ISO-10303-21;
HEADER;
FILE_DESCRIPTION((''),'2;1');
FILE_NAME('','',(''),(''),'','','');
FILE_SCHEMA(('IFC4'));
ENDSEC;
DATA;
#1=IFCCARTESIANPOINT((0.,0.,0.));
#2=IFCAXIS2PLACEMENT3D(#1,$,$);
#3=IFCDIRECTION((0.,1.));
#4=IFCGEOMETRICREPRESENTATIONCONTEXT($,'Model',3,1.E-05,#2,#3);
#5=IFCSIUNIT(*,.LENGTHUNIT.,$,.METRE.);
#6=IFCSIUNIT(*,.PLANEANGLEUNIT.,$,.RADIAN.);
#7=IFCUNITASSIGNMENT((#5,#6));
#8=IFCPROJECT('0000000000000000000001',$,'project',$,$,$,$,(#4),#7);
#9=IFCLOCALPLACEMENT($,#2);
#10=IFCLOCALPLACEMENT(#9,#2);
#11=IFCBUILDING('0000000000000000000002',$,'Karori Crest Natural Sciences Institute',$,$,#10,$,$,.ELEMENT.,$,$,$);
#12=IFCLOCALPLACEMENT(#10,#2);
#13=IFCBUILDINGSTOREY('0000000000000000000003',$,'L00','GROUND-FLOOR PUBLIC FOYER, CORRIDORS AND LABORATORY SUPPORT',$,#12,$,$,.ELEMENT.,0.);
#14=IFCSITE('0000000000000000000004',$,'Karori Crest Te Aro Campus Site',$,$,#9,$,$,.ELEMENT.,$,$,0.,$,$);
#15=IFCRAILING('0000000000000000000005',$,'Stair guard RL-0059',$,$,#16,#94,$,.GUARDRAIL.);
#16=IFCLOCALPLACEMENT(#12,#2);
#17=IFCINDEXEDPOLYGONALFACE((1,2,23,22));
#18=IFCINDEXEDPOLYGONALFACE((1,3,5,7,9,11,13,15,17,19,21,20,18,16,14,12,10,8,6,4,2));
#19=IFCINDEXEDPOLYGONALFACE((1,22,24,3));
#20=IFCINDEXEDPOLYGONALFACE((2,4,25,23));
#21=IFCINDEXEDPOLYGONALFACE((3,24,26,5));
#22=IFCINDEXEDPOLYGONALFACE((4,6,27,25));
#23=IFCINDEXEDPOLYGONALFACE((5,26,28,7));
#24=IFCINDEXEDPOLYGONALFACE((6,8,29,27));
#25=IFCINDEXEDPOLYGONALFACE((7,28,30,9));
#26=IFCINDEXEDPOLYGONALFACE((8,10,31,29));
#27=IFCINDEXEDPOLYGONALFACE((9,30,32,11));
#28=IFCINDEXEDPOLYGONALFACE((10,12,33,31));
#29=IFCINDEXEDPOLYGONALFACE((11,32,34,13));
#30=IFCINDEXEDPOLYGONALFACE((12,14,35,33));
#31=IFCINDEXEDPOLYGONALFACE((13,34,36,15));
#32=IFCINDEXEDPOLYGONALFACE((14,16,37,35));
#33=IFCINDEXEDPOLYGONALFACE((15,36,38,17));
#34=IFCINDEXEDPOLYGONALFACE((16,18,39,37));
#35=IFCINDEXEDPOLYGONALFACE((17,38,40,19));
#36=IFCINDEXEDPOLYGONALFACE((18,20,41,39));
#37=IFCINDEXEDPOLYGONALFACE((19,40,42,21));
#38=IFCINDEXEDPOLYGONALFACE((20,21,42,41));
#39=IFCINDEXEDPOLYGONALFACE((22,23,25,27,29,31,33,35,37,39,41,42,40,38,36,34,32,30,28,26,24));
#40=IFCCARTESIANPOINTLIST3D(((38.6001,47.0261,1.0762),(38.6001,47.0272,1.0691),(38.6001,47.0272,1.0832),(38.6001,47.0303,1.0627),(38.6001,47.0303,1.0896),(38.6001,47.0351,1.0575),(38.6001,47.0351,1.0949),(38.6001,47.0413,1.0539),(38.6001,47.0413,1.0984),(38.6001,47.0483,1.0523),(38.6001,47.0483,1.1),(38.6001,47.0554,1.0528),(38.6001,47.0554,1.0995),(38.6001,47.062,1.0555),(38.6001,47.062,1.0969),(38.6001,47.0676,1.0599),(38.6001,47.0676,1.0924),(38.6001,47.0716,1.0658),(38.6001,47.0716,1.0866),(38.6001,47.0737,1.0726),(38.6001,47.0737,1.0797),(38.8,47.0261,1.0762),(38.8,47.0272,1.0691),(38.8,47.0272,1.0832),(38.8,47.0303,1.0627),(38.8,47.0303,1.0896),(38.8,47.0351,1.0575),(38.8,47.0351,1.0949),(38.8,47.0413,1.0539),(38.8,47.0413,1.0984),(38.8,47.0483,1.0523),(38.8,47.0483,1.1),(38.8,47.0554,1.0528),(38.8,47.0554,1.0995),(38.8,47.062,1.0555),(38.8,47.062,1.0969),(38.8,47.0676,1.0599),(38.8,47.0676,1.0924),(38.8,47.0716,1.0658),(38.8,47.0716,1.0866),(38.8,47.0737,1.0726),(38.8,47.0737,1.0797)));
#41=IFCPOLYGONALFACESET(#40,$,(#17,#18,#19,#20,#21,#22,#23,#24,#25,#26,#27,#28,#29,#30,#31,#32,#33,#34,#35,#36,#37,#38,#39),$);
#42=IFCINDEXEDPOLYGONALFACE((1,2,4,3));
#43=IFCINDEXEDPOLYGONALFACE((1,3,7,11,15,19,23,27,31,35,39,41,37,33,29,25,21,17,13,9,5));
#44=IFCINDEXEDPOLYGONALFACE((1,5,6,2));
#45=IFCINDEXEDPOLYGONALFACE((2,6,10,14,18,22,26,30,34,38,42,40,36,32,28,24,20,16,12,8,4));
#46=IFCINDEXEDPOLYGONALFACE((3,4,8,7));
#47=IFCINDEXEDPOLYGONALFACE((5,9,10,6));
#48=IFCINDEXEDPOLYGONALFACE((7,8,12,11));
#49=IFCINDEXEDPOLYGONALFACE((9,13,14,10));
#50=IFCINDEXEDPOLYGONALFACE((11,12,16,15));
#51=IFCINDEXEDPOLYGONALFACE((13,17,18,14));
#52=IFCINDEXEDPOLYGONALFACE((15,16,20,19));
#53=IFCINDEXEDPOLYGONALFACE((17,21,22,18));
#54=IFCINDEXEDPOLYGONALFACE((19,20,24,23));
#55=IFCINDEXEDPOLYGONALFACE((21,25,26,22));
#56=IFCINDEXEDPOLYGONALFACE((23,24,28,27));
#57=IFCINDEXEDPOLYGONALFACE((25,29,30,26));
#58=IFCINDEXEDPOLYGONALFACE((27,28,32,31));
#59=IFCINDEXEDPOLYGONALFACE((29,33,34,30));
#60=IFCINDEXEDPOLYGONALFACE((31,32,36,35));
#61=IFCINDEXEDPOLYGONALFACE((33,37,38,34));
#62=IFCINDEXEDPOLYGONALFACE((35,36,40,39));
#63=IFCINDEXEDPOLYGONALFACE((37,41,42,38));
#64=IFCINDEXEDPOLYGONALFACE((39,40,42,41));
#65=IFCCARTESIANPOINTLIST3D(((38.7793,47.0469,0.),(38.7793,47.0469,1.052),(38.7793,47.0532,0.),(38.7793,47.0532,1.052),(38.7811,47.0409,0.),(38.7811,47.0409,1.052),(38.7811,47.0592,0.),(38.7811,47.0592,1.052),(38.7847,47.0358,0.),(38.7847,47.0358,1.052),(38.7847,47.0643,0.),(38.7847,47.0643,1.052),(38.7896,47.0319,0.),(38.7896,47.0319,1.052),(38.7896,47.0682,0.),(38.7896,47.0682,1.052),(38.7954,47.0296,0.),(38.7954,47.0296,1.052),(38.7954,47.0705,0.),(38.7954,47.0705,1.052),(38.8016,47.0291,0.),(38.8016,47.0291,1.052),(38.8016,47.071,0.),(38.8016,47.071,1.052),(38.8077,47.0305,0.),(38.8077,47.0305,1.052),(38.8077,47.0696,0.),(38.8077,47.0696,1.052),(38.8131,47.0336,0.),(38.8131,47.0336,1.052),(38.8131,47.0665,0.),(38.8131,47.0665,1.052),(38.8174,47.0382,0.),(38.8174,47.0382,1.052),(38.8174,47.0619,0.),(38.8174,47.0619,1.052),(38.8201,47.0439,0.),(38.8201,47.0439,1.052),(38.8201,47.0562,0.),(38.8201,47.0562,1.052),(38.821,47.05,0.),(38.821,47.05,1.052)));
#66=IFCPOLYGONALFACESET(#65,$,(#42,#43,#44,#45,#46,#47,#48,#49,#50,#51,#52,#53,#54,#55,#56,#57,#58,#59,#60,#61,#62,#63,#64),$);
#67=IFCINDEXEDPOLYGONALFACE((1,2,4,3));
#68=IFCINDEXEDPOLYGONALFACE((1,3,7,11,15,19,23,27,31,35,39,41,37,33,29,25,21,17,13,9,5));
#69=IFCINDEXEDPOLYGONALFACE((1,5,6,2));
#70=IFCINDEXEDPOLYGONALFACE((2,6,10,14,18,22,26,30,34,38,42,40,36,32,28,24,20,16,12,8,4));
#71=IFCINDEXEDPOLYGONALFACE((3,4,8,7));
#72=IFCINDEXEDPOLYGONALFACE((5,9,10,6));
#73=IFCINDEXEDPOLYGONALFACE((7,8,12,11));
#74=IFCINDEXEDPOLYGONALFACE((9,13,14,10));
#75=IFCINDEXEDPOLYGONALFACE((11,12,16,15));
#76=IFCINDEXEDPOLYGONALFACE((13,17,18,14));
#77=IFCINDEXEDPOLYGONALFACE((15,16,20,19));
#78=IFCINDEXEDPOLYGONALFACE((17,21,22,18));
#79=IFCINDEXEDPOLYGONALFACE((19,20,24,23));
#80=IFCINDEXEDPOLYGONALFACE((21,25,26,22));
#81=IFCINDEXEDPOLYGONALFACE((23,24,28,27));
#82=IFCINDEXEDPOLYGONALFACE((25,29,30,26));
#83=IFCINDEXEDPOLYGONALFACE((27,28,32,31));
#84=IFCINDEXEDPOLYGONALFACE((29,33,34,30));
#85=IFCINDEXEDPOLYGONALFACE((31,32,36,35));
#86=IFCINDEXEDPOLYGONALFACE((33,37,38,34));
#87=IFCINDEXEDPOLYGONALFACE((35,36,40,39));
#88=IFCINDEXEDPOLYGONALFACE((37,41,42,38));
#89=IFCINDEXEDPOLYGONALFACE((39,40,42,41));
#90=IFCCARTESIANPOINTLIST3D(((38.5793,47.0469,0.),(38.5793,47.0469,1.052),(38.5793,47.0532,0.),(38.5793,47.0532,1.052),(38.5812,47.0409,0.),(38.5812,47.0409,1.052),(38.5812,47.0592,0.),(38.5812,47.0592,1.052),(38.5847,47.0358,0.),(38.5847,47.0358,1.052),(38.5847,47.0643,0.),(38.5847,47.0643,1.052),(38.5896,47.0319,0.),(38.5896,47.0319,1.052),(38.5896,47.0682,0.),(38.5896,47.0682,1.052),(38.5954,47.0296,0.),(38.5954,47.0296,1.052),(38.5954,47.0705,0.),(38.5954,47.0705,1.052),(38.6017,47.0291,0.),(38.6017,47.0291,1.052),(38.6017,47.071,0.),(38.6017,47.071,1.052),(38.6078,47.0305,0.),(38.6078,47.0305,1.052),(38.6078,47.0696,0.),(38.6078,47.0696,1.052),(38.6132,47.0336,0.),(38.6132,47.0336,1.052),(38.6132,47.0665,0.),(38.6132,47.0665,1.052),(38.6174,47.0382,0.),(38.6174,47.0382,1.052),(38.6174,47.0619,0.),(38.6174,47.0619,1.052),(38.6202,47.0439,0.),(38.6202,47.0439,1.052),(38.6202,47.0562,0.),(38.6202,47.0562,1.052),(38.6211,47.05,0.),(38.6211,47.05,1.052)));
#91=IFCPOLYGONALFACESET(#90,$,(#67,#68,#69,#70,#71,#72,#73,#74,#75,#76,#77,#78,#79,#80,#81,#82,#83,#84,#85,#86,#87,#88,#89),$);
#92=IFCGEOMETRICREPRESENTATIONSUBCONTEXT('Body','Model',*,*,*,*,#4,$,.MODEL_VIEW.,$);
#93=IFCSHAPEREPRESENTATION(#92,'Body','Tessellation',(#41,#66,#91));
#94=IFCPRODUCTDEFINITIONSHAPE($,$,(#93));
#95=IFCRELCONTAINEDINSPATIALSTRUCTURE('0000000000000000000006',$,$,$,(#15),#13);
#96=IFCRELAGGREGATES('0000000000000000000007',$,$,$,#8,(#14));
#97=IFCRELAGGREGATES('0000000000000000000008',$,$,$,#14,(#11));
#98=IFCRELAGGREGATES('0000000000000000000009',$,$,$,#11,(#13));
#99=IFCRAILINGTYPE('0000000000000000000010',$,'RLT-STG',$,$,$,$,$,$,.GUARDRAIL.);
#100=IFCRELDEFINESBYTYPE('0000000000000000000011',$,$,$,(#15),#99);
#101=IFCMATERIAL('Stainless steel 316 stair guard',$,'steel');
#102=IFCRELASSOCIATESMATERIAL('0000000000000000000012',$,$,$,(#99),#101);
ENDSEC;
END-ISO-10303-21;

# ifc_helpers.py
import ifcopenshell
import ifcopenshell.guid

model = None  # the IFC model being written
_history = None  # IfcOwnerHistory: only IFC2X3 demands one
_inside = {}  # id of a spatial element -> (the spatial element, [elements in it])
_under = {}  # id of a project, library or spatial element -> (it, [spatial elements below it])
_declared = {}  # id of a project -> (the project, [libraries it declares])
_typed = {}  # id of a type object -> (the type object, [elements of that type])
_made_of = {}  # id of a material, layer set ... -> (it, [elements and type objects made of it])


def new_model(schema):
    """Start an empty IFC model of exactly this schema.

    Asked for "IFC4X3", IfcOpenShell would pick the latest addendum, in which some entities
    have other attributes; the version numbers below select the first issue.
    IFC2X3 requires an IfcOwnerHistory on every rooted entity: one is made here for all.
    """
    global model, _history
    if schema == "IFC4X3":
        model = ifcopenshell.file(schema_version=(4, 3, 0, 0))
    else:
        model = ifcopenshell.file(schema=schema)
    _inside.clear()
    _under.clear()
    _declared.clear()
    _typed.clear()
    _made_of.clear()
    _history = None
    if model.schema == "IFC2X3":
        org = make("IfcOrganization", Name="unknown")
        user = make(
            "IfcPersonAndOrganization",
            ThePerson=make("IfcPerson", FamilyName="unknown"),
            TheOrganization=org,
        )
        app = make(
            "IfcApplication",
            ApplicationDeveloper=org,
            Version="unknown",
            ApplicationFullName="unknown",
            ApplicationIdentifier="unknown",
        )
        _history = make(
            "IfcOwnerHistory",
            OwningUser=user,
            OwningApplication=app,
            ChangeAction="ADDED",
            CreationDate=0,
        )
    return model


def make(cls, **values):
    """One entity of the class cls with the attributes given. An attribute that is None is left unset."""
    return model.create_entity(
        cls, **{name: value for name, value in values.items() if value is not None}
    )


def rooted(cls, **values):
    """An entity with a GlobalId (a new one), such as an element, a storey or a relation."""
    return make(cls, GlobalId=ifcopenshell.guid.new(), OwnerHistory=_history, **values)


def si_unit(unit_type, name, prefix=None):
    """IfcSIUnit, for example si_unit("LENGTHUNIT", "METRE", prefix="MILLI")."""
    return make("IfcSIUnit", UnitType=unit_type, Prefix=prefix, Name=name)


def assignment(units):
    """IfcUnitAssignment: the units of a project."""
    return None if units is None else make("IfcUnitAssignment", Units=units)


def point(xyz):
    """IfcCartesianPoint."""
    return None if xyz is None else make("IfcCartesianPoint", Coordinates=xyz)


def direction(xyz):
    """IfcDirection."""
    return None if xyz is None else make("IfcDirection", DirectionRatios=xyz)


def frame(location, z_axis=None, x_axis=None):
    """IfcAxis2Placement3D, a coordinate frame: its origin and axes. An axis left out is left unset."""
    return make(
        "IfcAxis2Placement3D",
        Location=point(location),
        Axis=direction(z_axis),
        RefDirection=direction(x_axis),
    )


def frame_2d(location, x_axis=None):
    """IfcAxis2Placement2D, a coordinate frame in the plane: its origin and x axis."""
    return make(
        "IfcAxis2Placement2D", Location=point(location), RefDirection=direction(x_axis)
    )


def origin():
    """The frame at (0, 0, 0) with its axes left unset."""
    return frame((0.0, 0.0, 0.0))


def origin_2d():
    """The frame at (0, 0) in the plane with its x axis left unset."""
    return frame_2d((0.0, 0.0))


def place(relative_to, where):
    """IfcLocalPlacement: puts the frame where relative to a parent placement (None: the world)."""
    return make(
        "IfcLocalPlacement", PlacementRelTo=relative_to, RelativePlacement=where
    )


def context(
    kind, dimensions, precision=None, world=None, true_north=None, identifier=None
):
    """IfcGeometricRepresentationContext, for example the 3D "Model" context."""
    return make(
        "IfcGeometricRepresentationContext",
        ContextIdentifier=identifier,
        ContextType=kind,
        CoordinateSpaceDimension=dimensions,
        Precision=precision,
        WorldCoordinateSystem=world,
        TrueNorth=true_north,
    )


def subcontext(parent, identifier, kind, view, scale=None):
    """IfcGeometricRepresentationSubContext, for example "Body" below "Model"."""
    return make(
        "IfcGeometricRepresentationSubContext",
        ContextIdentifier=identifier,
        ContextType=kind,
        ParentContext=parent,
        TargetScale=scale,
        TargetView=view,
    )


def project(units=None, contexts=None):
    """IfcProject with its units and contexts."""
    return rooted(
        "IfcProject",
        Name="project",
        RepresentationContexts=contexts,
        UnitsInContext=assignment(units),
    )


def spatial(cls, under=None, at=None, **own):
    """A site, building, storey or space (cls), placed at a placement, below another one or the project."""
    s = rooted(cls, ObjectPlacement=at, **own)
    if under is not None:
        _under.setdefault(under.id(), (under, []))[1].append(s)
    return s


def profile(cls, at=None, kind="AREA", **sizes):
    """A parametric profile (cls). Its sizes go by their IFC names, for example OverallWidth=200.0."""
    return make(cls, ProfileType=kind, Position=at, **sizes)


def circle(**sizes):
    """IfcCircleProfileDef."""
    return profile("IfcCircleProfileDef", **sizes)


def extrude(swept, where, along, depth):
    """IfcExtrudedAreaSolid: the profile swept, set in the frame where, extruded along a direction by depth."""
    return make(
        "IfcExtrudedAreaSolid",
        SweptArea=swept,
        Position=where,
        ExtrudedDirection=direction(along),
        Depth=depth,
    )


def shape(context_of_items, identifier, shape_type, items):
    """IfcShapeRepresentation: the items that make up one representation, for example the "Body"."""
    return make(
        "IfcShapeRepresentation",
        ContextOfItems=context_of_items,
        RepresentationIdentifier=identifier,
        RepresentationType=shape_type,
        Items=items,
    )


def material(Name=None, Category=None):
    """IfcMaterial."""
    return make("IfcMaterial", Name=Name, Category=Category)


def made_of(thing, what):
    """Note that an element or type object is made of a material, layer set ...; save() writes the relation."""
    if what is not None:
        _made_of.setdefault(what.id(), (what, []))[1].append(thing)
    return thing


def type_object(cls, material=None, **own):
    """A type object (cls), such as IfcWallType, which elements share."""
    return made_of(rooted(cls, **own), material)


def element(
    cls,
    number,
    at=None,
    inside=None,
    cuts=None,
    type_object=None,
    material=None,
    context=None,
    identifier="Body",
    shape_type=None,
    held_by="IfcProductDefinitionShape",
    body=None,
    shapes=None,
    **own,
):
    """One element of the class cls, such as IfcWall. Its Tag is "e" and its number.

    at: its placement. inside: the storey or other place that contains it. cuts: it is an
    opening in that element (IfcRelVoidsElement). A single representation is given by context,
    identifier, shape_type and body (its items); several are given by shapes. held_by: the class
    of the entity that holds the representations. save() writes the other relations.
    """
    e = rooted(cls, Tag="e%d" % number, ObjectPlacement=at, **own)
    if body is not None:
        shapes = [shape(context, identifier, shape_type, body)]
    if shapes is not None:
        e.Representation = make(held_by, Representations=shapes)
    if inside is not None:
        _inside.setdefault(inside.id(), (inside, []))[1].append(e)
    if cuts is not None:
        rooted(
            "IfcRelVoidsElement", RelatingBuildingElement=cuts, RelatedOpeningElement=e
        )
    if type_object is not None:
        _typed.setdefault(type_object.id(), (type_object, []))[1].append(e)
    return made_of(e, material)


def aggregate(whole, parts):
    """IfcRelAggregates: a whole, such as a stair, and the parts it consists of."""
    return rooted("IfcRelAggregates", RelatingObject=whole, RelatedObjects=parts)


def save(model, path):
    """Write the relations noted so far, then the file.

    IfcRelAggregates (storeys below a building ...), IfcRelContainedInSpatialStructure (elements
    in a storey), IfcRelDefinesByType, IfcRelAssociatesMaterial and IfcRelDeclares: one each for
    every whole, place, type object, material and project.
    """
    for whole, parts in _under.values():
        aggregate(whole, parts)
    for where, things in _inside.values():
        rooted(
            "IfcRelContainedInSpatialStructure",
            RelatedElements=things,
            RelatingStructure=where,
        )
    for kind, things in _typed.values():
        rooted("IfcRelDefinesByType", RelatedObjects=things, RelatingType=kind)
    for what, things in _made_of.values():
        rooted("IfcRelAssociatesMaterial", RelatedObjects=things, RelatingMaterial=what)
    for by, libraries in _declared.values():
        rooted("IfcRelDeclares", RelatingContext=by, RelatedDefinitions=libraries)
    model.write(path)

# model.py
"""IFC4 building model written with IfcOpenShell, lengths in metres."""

from ifc_helpers import new_model, si_unit, direction, frame, origin, origin_2d, place, context, subcontext, project, spatial, circle, extrude, material, type_object, element, save


model = new_model("IFC4")

# Units and contexts
model_context = context("Model", 3, precision=1e-05, world=origin(), true_north=direction((0.0, 1.0)))
body_context = subcontext(model_context, "Body", "Model", "MODEL_VIEW")
ifc_project = project(units=[si_unit("LENGTHUNIT", "METRE"), si_unit("PLANEANGLEUNIT", "RADIAN")], contexts=[model_context])

# Site, building, storey
site_placement = place(None, origin())
site = spatial("IfcSite", under=ifc_project, at=site_placement, Name="Karori Crest Te Aro Campus Site", CompositionType="ELEMENT", RefElevation=0.0)
building_placement = place(site_placement, origin())
building = spatial("IfcBuilding", under=site, at=building_placement, Name="Karori Crest Natural Sciences Institute", CompositionType="ELEMENT")
storey_placement = place(building_placement, origin())
storey = spatial("IfcBuildingStorey", under=building, at=storey_placement, Name="L00", Description="GROUND-FLOOR PUBLIC FOYER, CORRIDORS AND LABORATORY SUPPORT", CompositionType="ELEMENT", Elevation=0.0)

# Railing
ifc_material_1 = material(Name="Stainless steel 316 stair guard", Category="steel")
railing_type_1 = type_object("IfcRailingType", Name="RLT-STG", PredefinedType="GUARDRAIL", material=ifc_material_1)
railing_1_placement = place(storey_placement, frame((38.8, 47.05, 0.0)))
element("IfcRailing", 1, at=railing_1_placement, inside=storey, type_object=railing_type_1, Name="Stair guard RL-0059", PredefinedType="GUARDRAIL", context=body_context, shape_type="SweptSolid", body=[
    extrude(circle(Radius=0.0239, at=origin_2d()), frame((0.0, 0.0, 1.0762), z_axis=(-1.0, 0.0, 0.0), x_axis=(0.0, -1.0, 0.0)), (0.0, 0.0, 1.0), 0.2),
    extrude(circle(Radius=0.021, at=origin_2d()), origin(), (0.0, 0.0, 1.0), 1.052),
    extrude(circle(Radius=0.021, at=origin_2d()), frame((-0.2, 0.0, 0.0)), (0.0, 0.0, 1.0), 1.052),
])

save(model, "model.ifc")
